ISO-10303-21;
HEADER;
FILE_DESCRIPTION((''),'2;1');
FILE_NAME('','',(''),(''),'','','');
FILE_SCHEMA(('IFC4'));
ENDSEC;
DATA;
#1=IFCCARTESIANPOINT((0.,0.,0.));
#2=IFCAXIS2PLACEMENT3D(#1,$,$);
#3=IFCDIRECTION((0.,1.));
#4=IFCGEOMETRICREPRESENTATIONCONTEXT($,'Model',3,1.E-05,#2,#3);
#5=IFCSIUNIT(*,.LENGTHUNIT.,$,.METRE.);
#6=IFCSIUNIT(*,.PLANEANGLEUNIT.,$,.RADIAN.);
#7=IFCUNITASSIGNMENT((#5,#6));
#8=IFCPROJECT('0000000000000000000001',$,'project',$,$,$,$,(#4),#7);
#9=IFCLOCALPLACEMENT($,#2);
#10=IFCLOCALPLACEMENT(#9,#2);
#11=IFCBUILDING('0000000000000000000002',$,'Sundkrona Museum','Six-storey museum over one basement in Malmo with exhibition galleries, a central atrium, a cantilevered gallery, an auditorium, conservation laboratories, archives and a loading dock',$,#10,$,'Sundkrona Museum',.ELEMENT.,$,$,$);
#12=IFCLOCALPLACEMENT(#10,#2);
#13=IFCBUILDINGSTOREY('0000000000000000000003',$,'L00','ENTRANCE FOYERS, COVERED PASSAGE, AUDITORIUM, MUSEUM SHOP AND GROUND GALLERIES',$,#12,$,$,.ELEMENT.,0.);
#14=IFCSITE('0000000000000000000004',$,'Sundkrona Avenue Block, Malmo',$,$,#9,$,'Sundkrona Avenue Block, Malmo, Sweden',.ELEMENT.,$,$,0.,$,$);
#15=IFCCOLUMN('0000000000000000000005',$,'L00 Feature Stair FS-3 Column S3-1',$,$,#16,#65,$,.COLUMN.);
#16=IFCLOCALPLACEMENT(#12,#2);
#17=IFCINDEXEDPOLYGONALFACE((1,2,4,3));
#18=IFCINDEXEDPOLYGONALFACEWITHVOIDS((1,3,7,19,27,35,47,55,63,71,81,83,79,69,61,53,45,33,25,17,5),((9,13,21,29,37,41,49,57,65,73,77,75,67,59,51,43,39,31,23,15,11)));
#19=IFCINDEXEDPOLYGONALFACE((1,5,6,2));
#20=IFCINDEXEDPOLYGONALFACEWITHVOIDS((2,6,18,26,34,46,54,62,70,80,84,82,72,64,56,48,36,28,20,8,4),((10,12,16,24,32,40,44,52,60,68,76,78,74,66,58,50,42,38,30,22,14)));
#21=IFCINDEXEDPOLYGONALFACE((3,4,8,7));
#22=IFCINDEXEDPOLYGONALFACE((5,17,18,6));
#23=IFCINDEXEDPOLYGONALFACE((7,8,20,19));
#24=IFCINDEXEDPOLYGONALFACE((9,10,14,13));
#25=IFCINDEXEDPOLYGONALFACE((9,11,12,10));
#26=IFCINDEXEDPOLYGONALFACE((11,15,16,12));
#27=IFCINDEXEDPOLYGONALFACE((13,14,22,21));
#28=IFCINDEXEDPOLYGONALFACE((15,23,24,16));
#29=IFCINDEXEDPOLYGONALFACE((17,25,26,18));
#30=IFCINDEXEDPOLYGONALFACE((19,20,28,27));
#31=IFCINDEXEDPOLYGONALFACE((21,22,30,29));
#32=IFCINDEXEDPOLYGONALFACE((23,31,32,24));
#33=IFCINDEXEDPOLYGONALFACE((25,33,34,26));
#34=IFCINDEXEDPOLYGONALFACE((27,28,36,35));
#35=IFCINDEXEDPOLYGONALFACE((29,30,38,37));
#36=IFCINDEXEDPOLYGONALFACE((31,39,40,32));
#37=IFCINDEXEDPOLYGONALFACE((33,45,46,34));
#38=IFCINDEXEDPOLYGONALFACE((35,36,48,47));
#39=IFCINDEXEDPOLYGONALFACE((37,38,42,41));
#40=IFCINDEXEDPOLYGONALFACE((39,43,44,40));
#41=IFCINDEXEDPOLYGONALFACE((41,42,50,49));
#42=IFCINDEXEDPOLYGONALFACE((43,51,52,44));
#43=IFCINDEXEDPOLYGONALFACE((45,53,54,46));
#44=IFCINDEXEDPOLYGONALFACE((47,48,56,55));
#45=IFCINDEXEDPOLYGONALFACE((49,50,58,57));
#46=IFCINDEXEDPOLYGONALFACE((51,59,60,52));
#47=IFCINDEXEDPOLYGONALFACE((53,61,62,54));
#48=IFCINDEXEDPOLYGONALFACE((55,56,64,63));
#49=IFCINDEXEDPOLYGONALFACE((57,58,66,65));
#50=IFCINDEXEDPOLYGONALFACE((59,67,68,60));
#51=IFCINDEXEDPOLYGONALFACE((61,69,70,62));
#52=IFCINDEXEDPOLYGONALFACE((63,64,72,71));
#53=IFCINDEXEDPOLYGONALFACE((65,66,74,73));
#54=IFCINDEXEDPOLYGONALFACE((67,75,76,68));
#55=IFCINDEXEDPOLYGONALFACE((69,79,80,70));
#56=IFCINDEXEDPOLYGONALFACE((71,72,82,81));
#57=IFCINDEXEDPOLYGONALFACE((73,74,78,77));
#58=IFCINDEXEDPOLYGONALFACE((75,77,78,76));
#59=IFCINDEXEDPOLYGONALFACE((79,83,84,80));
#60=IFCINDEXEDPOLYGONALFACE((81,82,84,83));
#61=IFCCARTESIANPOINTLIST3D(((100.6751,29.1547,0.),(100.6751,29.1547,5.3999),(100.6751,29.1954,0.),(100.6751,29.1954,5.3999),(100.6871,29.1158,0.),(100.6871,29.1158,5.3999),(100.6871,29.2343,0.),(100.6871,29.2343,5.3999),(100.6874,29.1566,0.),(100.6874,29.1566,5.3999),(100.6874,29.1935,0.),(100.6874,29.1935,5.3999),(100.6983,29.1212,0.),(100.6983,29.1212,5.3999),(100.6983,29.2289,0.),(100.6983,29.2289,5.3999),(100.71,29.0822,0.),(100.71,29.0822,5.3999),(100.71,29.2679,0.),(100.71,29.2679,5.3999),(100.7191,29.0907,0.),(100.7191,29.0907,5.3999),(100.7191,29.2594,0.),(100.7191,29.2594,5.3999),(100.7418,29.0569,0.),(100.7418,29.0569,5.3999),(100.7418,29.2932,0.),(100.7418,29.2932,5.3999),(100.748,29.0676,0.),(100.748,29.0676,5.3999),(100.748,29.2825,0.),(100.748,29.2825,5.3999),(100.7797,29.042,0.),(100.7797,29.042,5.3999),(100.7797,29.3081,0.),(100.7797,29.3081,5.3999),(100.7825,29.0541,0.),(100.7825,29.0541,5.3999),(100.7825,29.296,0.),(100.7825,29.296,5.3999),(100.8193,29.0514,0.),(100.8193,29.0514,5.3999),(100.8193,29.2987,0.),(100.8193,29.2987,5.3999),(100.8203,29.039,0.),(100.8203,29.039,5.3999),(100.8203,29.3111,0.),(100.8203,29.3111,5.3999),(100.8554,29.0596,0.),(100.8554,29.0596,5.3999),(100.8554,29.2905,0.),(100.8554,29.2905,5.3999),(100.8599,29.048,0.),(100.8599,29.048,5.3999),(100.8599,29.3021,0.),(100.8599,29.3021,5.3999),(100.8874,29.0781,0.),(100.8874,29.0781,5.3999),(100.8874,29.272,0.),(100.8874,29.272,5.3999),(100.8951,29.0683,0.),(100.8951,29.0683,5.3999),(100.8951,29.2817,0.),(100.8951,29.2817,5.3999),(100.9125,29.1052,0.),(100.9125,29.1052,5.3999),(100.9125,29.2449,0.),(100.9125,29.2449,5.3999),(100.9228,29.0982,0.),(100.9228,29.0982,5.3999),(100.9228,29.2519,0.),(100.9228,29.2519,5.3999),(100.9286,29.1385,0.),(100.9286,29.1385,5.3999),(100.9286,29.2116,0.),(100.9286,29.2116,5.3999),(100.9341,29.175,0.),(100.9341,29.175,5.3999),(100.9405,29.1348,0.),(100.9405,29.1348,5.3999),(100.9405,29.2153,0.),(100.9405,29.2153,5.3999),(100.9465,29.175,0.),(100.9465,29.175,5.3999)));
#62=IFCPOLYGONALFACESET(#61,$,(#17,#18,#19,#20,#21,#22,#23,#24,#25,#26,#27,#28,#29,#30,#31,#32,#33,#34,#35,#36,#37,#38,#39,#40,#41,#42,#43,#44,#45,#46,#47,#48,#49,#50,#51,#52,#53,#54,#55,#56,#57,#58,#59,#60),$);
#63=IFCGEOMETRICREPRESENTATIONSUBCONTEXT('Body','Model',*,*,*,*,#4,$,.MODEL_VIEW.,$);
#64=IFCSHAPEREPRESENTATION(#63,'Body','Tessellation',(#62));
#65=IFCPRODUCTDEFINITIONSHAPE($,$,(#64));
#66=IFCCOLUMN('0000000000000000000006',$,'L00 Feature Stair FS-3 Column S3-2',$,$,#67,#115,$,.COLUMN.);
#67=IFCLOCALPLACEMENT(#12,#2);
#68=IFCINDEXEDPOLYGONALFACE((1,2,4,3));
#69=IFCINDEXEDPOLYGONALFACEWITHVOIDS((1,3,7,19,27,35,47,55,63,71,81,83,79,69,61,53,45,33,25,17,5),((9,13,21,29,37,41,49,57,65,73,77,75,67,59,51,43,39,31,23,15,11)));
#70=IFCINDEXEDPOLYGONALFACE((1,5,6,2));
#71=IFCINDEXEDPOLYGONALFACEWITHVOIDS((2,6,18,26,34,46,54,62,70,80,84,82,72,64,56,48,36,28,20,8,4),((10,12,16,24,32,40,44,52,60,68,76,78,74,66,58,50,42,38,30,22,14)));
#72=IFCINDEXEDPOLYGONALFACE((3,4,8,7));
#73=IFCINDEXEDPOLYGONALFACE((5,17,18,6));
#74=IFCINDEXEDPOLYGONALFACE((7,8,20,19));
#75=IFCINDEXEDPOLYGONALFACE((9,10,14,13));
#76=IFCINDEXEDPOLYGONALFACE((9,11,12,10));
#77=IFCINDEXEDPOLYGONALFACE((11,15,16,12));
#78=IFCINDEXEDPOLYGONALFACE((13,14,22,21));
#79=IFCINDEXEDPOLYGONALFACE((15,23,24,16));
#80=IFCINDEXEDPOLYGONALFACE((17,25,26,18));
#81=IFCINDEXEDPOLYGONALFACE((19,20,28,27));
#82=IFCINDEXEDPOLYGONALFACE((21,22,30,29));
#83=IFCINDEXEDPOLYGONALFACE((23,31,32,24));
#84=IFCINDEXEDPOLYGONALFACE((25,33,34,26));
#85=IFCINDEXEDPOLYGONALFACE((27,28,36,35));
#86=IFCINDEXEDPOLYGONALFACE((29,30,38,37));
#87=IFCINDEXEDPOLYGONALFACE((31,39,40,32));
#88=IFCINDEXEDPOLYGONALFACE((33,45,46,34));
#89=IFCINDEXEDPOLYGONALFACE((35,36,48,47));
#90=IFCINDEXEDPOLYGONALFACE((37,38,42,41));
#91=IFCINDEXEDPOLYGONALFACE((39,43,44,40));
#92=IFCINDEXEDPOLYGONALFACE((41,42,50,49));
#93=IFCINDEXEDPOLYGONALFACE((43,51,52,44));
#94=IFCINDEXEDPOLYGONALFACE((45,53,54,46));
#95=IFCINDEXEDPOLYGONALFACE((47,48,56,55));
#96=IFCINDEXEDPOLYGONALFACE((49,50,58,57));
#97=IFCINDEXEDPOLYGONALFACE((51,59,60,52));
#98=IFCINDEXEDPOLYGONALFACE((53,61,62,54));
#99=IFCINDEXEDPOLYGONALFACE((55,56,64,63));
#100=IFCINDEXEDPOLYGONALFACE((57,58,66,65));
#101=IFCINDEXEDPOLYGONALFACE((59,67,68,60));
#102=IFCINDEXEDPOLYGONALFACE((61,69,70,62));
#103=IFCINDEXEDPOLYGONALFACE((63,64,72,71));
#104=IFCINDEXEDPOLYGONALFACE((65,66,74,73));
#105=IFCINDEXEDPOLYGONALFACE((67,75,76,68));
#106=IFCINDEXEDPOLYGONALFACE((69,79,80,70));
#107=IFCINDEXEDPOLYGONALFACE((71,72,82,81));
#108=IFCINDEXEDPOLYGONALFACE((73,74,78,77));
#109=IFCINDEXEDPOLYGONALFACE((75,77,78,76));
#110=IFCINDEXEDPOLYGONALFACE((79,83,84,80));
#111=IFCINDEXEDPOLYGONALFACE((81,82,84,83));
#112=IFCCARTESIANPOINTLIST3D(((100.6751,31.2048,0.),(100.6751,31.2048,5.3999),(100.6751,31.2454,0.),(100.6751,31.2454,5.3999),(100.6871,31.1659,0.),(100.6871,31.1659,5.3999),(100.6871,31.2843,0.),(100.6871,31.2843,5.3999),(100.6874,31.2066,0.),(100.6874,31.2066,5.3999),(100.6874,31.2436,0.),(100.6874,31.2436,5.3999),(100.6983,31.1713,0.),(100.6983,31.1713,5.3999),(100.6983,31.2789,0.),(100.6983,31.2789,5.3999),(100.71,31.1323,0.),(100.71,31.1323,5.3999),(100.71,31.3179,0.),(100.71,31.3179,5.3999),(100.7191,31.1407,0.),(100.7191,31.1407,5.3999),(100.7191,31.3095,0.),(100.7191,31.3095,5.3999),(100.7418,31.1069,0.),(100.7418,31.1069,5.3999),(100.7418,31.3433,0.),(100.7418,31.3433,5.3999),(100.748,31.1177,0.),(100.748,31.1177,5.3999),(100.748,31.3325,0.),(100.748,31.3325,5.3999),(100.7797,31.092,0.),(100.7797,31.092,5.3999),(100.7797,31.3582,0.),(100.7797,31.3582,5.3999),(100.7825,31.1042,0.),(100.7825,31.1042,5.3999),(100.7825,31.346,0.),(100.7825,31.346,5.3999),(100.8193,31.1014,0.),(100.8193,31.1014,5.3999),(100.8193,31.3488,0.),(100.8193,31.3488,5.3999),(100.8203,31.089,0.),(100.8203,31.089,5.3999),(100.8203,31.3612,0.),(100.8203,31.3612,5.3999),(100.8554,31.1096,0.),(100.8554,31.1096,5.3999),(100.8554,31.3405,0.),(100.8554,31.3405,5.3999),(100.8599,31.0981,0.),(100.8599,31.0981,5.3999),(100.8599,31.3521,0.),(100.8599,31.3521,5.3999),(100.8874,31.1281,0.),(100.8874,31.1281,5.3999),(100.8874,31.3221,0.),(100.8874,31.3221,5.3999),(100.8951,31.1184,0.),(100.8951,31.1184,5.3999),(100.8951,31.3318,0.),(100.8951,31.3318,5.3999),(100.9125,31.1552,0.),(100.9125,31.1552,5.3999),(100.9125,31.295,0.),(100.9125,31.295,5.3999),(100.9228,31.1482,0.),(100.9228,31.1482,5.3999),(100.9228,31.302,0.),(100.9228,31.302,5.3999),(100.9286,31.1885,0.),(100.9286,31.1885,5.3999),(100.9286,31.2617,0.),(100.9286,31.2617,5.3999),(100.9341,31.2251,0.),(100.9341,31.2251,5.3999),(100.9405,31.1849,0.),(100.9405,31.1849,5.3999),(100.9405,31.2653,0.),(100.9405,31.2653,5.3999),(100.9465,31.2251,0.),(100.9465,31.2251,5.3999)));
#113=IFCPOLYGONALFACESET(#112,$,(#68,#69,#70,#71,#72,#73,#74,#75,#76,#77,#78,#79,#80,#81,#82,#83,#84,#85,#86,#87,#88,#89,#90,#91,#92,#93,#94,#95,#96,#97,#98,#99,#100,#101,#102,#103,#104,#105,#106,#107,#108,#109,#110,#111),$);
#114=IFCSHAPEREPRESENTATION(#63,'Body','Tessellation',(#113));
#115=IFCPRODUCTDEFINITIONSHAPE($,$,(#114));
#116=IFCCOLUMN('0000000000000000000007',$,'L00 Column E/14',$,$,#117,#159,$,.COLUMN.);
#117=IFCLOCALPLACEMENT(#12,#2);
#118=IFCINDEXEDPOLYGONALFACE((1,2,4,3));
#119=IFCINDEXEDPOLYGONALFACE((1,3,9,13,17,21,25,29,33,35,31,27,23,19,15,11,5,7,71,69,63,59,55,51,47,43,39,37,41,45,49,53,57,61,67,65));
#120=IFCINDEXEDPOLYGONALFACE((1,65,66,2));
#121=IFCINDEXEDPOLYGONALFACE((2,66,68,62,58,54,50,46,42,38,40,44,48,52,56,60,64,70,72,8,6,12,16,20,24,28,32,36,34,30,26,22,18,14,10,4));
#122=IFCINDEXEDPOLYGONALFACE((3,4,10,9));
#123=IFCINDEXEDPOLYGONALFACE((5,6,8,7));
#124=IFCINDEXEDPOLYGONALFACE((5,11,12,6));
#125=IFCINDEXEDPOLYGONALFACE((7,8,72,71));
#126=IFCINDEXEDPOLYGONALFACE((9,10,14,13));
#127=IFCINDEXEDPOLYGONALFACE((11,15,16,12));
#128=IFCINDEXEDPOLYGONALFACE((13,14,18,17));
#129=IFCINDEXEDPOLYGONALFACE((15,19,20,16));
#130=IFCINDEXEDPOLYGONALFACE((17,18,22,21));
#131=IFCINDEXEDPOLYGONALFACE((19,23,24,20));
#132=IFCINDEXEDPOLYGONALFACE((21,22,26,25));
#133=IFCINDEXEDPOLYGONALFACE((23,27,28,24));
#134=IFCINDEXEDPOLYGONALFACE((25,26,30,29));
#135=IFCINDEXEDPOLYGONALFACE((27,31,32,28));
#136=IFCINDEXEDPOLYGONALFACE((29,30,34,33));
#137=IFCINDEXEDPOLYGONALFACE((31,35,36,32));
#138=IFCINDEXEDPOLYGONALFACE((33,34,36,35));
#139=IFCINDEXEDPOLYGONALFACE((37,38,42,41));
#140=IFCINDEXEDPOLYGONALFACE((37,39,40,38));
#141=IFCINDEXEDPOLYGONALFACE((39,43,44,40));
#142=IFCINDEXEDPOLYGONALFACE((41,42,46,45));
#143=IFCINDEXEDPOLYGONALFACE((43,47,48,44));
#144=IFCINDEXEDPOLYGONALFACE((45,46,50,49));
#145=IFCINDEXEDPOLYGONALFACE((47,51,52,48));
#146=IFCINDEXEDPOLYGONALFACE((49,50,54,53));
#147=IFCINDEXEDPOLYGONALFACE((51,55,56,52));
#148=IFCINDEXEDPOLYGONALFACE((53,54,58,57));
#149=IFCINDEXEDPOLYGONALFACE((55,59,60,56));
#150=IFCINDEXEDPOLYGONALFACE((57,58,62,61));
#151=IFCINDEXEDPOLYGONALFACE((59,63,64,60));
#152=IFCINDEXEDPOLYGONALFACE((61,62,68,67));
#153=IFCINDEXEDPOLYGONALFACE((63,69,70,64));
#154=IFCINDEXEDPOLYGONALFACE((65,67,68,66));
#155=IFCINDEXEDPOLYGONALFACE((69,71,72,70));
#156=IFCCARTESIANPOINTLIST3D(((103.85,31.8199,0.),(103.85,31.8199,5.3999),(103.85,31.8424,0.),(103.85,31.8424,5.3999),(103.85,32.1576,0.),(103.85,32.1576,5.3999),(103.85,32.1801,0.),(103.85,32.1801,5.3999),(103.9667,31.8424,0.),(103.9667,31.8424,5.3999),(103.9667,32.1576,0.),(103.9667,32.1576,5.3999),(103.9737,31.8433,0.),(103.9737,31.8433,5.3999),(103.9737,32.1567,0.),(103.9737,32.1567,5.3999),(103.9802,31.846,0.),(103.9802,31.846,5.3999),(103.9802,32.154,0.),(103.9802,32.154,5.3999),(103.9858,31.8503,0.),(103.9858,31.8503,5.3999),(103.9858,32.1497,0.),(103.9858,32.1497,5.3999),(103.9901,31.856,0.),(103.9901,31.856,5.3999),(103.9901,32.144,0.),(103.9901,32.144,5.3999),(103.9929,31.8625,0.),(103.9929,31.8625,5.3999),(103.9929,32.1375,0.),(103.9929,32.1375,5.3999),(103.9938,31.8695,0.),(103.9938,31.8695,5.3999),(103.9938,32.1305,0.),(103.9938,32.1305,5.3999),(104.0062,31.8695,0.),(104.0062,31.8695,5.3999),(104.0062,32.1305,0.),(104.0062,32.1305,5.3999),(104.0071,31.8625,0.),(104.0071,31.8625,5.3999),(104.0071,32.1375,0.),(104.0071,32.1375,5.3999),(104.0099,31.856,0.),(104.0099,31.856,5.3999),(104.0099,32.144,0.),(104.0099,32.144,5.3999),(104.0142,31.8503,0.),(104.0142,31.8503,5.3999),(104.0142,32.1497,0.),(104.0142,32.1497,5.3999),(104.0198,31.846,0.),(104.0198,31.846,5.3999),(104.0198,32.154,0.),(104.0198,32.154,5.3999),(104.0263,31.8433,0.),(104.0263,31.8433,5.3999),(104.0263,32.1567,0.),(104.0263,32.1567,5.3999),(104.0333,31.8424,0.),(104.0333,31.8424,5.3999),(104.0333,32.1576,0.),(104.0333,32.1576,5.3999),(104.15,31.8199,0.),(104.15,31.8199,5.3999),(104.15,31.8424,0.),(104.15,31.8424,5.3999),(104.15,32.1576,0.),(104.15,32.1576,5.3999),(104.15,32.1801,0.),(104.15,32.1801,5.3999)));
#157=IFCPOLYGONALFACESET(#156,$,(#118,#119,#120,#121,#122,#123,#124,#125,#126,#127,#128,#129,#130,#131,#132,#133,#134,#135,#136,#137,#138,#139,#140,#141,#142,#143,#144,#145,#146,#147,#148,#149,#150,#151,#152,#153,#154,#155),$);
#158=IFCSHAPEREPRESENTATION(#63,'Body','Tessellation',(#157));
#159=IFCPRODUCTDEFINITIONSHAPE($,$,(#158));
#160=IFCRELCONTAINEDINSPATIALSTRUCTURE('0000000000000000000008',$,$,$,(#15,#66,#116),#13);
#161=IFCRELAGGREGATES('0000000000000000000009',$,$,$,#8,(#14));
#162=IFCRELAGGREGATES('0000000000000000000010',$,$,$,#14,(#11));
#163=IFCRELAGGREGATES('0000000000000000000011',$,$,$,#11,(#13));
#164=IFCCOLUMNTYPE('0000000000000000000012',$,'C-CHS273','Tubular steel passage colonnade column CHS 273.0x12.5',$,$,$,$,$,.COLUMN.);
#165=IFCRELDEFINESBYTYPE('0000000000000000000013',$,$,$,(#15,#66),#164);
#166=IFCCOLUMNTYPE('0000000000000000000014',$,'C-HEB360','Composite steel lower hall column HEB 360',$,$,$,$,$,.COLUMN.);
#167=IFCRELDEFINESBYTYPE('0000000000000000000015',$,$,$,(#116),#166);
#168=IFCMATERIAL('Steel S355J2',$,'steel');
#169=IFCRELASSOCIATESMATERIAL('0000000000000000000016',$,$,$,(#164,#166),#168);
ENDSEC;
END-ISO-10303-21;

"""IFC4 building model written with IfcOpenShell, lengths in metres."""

from ifc_helpers import new_model, si_unit, direction, frame, origin, origin_2d, place, context, subcontext, project, spatial, hollow_circle, i_section, extrude, material, material_profile, profile_set, type_object, element, save


model = new_model("IFC4")

# Units and contexts
model_context = context("Model", 3, precision=1e-05, world=origin(), true_north=direction((0.0, 1.0)))
body_context = subcontext(model_context, "Body", "Model", "MODEL_VIEW")
ifc_project = project(units=[si_unit("LENGTHUNIT", "METRE"), si_unit("PLANEANGLEUNIT", "RADIAN")], contexts=[model_context])

# Site, building, storey
site_placement = place(None, origin())
site = spatial("IfcSite", under=ifc_project, at=site_placement, Name="Sundkrona Avenue Block, Malmo", LongName="Sundkrona Avenue Block, Malmo, Sweden", CompositionType="ELEMENT", RefElevation=0.0)
building_placement = place(site_placement, origin())
building = spatial("IfcBuilding", under=site, at=building_placement, Name="Sundkrona Museum", Description="Six-storey museum over one basement in Malmo with exhibition galleries, a central atrium, a cantilevered gallery, an auditorium, conservation laboratories, archives and a loading dock", LongName="Sundkrona Museum", CompositionType="ELEMENT")
storey_placement = place(building_placement, origin())
storey = spatial("IfcBuildingStorey", under=building, at=storey_placement, Name="L00", Description="ENTRANCE FOYERS, COVERED PASSAGE, AUDITORIUM, MUSEUM SHOP AND GROUND GALLERIES", CompositionType="ELEMENT", Elevation=0.0)

# Columns
ifc_material_1 = material(Name="Steel S355J2", Category="steel")
ifc_material_profile_1 = material_profile(ifc_material_1, hollow_circle(Radius=0.1365, WallThickness=0.0125, at=origin_2d()), Name="CHS 273.0x12.5")
ifc_profile_set_1 = profile_set([ifc_material_profile_1], Name="Steel S355J2")
column_type_1 = type_object("IfcColumnType", Name="C-CHS273", Description="Tubular steel passage colonnade column CHS 273.0x12.5", PredefinedType="COLUMN", material=ifc_profile_set_1)
for number, where, z_axis, x_axis, name in (
    (1, (100.8101, 29.175, 0.0), (0.0, 0.0, 1.0), (1.0, 0.0, 0.0), "L00 Feature Stair FS-3 Column S3-1"),
    (2, (100.8101, 31.2251, 0.0), (0.0, 0.0, 1.0), (1.0, 0.0, 0.0), "L00 Feature Stair FS-3 Column S3-2"),
):
    element("IfcColumn", number, at=place(storey_placement, frame(where, z_axis=z_axis, x_axis=x_axis)), inside=storey, type_object=column_type_1, Name=name, PredefinedType="COLUMN", context=body_context, shape_type="SweptSolid", body=[
        extrude(hollow_circle(Radius=0.1365, WallThickness=0.0125, at=origin_2d()), origin(), (0.0, 0.0, 1.0), 5.3999),
    ])
ifc_material_profile_2 = material_profile(ifc_material_1, i_section(OverallWidth=0.3, OverallDepth=0.3601, WebThickness=0.0125, FlangeThickness=0.0225, FilletRadius=0.0271, at=origin_2d()), Name="HEB 360")
ifc_profile_set_2 = profile_set([ifc_material_profile_2], Name="Steel S355J2")
column_type_2 = type_object("IfcColumnType", Name="C-HEB360", Description="Composite steel lower hall column HEB 360", PredefinedType="COLUMN", material=ifc_profile_set_2)
column_1_placement = place(storey_placement, frame((104.0, 32.0, 0.0), z_axis=(0.0, 0.0, 1.0), x_axis=(1.0, 0.0, 0.0)))
element("IfcColumn", 3, at=column_1_placement, inside=storey, type_object=column_type_2, Name="L00 Column E/14", PredefinedType="COLUMN", context=body_context, shape_type="SweptSolid", body=[
    extrude(i_section(OverallWidth=0.3, OverallDepth=0.3601, WebThickness=0.0125, FlangeThickness=0.0225, FilletRadius=0.0271, at=origin_2d()), origin(), (0.0, 0.0, 1.0), 5.3999),
])

save(model, "model.ifc")
